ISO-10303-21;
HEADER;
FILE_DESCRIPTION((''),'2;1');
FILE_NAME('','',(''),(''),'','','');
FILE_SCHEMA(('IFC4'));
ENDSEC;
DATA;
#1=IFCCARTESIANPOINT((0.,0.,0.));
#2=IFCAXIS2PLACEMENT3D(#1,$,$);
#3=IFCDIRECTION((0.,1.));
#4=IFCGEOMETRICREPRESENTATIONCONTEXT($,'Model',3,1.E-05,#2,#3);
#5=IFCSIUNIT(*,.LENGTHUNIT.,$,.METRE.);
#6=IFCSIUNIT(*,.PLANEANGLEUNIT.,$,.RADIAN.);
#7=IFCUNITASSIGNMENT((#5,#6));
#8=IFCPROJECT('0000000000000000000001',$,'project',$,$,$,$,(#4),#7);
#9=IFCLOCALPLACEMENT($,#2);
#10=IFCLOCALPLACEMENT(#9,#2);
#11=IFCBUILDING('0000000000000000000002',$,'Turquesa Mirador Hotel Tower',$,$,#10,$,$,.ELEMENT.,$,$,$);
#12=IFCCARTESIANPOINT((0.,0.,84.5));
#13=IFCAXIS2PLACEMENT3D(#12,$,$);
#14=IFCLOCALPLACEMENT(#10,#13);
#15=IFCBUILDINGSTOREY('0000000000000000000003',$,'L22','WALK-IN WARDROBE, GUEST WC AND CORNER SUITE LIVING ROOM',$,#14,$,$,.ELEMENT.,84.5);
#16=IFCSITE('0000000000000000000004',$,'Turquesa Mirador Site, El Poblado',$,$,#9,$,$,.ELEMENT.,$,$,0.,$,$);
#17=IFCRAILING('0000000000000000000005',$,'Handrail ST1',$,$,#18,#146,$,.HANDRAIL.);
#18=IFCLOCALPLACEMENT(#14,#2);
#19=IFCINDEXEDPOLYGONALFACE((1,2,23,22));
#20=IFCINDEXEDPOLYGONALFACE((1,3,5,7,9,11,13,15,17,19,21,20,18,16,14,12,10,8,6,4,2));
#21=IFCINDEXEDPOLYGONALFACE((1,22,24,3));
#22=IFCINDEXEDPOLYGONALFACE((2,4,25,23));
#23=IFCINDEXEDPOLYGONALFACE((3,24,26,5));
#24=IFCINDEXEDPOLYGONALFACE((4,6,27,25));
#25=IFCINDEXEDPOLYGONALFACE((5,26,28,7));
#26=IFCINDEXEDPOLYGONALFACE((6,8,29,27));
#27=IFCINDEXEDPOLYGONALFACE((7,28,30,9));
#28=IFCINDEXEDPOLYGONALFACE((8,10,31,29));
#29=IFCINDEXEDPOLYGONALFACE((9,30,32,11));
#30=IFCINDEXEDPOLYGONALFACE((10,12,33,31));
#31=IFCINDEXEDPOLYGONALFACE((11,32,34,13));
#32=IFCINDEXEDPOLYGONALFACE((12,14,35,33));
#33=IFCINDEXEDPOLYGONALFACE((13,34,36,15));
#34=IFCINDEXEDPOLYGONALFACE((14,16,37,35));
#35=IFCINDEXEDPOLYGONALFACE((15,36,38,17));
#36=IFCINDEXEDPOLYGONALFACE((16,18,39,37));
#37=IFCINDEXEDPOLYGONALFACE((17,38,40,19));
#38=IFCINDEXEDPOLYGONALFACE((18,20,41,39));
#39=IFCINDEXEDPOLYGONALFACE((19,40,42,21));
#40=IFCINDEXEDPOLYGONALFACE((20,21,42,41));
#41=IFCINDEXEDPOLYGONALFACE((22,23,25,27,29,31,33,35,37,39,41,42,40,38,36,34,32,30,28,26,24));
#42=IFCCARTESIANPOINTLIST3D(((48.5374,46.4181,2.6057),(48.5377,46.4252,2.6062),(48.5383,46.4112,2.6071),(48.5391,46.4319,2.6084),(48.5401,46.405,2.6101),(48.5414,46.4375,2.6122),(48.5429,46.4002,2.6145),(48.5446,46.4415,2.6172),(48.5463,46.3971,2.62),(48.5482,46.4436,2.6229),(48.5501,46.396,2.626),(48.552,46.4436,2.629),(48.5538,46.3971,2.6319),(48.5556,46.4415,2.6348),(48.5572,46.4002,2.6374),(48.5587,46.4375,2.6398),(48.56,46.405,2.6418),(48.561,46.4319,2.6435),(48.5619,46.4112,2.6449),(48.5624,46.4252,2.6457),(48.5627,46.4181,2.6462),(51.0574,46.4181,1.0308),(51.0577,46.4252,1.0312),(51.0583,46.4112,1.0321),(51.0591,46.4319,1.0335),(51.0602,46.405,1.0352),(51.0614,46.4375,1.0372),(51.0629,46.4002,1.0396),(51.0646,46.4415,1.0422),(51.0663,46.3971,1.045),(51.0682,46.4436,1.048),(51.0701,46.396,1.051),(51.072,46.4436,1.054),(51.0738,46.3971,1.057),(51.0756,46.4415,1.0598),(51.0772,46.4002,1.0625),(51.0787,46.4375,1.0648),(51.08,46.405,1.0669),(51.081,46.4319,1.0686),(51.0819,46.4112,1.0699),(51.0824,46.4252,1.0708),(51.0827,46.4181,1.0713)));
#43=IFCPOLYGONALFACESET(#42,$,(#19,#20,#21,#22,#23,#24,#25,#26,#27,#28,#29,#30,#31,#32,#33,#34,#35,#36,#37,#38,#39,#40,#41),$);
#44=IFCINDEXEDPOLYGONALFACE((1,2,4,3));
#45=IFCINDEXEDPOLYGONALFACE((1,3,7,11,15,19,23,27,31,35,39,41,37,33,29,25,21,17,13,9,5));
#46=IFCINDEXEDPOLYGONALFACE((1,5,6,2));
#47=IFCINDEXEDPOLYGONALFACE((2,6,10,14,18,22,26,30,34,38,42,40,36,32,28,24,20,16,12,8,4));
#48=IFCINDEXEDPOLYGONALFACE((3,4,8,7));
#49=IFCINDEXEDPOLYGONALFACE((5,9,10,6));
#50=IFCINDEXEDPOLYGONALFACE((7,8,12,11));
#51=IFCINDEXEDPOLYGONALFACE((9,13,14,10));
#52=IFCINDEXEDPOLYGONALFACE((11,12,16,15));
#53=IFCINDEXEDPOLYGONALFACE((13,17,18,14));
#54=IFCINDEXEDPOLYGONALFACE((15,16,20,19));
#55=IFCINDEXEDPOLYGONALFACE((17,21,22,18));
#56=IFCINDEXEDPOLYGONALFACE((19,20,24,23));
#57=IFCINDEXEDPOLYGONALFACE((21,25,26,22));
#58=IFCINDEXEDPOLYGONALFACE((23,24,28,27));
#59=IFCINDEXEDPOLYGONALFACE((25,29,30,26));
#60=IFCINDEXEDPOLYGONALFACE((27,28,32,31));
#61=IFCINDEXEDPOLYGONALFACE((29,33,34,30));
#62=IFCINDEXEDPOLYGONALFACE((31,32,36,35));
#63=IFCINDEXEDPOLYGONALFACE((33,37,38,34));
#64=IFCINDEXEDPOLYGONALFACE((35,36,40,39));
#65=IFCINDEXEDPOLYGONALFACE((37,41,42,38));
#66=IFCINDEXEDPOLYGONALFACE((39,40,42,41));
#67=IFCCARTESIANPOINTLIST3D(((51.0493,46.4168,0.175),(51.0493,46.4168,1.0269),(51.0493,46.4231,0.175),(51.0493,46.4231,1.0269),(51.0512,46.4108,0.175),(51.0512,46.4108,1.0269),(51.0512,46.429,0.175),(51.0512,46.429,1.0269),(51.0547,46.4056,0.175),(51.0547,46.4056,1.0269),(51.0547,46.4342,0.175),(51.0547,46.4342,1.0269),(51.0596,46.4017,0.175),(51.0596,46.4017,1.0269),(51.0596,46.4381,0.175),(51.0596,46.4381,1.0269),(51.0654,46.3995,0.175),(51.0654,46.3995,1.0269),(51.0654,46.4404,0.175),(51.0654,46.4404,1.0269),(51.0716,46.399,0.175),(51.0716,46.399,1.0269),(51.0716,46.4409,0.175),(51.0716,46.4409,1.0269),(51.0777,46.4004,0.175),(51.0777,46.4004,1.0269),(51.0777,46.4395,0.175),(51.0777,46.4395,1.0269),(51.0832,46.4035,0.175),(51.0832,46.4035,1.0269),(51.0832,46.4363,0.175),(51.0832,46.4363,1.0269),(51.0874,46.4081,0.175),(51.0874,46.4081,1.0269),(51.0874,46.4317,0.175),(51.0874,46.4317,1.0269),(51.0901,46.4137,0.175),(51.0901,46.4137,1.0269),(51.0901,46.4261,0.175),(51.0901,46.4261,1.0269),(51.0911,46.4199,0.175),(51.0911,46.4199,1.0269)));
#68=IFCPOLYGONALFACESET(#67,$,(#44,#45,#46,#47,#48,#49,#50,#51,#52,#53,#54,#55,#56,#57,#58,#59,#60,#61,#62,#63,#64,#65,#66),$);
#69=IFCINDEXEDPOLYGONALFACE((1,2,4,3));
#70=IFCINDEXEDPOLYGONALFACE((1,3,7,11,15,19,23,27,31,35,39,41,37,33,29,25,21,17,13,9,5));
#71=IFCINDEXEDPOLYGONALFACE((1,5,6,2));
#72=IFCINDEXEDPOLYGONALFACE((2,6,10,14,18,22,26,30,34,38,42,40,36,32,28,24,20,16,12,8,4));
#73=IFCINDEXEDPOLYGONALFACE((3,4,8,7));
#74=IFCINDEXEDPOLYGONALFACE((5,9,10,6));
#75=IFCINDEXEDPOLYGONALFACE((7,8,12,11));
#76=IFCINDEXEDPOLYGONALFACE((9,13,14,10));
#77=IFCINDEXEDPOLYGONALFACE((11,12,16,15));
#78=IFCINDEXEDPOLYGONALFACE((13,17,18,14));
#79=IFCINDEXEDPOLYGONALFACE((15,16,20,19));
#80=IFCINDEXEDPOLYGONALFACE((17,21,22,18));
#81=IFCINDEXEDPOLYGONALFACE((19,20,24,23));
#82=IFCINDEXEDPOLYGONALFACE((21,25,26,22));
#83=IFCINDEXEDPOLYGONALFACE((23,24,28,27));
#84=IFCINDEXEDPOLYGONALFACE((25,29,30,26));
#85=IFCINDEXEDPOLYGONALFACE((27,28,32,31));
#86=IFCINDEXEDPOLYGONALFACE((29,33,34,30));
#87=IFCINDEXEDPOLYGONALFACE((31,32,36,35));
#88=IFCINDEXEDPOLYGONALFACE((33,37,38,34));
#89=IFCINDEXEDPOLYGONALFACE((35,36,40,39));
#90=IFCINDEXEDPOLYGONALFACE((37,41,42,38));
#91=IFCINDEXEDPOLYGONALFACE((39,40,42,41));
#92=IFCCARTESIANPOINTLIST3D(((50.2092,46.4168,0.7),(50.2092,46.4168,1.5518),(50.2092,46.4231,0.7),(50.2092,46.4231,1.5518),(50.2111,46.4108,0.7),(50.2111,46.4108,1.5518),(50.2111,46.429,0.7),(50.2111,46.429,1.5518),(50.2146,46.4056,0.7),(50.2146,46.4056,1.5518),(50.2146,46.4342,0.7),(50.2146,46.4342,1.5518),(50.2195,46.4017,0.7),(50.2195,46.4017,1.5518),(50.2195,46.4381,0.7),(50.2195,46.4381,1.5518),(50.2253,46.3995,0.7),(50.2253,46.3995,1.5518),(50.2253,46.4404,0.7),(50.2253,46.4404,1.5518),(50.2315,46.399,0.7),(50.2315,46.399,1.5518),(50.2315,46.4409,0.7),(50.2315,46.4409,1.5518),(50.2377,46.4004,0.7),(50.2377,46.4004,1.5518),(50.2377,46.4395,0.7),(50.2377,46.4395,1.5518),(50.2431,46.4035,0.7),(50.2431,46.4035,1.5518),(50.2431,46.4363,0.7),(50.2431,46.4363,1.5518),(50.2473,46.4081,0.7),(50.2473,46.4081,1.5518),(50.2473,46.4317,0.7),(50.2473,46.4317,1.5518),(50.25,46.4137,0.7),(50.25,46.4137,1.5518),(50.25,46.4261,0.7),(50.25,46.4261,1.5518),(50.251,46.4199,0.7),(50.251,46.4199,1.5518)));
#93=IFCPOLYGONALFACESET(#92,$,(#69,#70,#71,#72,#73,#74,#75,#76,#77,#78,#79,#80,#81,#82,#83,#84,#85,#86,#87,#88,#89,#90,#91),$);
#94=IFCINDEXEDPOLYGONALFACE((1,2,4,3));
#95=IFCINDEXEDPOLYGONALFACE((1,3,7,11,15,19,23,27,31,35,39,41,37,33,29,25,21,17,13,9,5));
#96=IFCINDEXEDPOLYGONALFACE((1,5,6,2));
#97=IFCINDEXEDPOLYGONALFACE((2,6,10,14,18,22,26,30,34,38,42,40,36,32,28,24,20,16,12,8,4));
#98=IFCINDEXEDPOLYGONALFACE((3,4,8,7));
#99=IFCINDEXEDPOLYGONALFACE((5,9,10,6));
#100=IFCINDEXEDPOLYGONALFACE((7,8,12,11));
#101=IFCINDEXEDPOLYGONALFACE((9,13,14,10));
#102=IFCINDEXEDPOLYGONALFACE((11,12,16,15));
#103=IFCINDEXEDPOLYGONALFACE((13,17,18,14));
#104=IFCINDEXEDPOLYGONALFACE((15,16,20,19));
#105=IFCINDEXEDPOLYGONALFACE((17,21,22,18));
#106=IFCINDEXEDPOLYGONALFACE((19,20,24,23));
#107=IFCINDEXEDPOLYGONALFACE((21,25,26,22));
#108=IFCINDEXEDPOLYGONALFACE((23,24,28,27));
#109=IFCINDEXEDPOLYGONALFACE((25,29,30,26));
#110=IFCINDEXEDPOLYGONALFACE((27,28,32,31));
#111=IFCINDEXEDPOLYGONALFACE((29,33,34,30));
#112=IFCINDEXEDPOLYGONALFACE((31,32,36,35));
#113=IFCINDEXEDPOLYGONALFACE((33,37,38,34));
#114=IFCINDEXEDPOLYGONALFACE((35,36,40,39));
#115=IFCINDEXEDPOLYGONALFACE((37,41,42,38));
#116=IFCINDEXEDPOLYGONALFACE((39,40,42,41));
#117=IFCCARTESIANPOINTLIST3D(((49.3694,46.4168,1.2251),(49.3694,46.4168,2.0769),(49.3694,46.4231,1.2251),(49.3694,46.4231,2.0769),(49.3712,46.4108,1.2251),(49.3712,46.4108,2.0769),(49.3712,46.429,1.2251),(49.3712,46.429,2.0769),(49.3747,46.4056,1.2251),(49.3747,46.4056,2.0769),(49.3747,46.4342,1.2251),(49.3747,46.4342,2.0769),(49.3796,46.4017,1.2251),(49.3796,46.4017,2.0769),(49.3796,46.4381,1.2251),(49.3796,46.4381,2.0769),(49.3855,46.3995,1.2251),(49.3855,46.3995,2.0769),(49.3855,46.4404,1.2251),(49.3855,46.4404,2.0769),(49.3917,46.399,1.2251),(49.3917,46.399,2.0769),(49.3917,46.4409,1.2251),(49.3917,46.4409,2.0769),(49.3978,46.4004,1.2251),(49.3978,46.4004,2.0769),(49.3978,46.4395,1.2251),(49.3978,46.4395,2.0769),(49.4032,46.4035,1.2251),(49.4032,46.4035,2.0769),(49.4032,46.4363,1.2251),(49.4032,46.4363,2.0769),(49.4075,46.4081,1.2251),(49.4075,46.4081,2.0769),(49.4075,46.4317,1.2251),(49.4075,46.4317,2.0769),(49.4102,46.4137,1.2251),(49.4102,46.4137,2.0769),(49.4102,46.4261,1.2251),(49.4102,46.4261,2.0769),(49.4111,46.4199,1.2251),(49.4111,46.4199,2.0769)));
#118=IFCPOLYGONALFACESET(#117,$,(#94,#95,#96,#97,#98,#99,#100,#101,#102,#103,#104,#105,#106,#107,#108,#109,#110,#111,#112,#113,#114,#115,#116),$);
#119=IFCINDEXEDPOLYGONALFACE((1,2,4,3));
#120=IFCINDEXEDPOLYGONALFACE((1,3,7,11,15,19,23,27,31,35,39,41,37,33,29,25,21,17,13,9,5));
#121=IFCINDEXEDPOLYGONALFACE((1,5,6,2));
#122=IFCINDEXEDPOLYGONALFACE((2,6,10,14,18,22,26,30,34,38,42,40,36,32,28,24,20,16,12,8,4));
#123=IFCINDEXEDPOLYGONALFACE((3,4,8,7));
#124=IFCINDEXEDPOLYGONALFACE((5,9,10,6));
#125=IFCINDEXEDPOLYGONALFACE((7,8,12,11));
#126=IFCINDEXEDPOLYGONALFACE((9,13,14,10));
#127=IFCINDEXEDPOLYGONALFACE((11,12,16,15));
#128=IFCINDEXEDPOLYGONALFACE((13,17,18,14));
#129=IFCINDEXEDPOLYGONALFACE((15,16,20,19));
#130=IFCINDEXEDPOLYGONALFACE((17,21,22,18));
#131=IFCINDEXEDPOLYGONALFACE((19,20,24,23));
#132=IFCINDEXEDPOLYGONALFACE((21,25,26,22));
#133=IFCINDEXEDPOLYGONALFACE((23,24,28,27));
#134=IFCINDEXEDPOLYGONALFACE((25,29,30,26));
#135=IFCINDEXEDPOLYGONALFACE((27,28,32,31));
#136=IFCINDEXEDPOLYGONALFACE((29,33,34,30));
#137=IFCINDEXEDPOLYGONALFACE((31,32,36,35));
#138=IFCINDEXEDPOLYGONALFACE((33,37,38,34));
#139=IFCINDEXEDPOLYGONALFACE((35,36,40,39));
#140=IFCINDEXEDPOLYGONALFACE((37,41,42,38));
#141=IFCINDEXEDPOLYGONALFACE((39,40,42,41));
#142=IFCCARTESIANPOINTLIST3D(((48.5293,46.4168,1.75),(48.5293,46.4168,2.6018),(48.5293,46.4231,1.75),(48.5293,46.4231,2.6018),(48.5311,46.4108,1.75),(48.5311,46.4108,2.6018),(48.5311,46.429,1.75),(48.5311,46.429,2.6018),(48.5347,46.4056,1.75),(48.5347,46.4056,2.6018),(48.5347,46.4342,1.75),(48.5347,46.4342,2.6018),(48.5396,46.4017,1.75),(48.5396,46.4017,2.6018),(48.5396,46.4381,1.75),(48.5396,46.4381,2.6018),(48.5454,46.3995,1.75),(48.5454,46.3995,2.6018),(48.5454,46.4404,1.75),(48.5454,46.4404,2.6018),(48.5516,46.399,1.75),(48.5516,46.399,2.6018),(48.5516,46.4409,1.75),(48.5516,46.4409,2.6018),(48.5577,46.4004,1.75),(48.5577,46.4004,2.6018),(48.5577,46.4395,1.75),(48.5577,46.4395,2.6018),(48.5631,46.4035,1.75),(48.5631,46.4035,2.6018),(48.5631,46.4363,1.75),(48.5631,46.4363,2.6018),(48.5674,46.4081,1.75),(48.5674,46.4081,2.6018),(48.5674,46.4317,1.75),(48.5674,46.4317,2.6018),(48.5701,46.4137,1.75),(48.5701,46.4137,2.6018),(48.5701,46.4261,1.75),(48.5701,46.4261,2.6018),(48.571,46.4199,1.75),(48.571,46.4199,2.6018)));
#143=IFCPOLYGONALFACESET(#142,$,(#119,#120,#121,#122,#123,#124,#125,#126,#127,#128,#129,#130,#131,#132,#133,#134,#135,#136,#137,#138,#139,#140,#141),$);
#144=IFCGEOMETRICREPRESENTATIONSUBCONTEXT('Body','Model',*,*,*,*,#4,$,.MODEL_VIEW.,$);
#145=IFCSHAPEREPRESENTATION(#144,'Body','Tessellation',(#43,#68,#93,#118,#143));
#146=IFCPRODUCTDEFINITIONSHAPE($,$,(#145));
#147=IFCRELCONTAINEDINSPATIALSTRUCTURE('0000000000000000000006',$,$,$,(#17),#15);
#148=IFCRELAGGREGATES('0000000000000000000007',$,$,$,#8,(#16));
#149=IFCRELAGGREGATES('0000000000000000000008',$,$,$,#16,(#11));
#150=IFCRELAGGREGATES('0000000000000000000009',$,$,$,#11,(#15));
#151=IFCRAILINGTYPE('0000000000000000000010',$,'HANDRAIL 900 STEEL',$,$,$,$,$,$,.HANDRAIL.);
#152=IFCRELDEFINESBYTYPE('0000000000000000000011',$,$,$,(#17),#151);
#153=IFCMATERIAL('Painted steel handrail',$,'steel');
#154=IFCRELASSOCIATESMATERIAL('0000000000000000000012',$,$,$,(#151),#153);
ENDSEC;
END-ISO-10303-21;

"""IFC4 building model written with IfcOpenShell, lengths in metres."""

from ifc_helpers import new_model, si_unit, direction, frame, origin, origin_2d, place, context, subcontext, project, spatial, circle, extrude, material, type_object, element, save


model = new_model("IFC4")

# Units and contexts
model_context = context("Model", 3, precision=1e-05, world=origin(), true_north=direction((0.0, 1.0)))
body_context = subcontext(model_context, "Body", "Model", "MODEL_VIEW")
ifc_project = project(units=[si_unit("LENGTHUNIT", "METRE"), si_unit("PLANEANGLEUNIT", "RADIAN")], contexts=[model_context])

# Site, building, storey
site_placement = place(None, origin())
site = spatial("IfcSite", under=ifc_project, at=site_placement, Name="Turquesa Mirador Site, El Poblado", CompositionType="ELEMENT", RefElevation=0.0)
building_placement = place(site_placement, origin())
building = spatial("IfcBuilding", under=site, at=building_placement, Name="Turquesa Mirador Hotel Tower", CompositionType="ELEMENT")
storey_placement = place(building_placement, frame((0.0, 0.0, 84.5)))
storey = spatial("IfcBuildingStorey", under=building, at=storey_placement, Name="L22", Description="WALK-IN WARDROBE, GUEST WC AND CORNER SUITE LIVING ROOM", CompositionType="ELEMENT", Elevation=84.5)

# Railing
ifc_material_1 = material(Name="Painted steel handrail", Category="steel")
railing_type = type_object("IfcRailingType", Name="HANDRAIL 900 STEEL", PredefinedType="HANDRAIL", material=ifc_material_1)
railing_1_placement = place(storey_placement, frame((51.0701, 46.4199, 0.175)))
element("IfcRailing", 1, at=railing_1_placement, inside=storey, type_object=railing_type, Name="Handrail ST1", PredefinedType="HANDRAIL", context=body_context, shape_type="SweptSolid", body=[
    extrude(circle(Radius=0.0239, at=origin_2d()), frame((0.0, 0.0, 0.876), z_axis=(-0.848008, 0.0, 0.529984), x_axis=(0.0, -1.0, 0.0)), (0.0, 0.0, 1.0), 2.9717),
    extrude(circle(Radius=0.021, at=origin_2d()), origin(), (0.0, 0.0, 1.0), 0.8518),
    extrude(circle(Radius=0.021, at=origin_2d()), frame((-0.8401, 0.0, 0.5249)), (0.0, 0.0, 1.0), 0.8518),
    extrude(circle(Radius=0.021, at=origin_2d()), frame((-1.6799, 0.0, 1.05)), (0.0, 0.0, 1.0), 0.8518),
    extrude(circle(Radius=0.021, at=origin_2d()), frame((-2.52, 0.0, 1.575)), (0.0, 0.0, 1.0), 0.8518),
])

save(model, "model.ifc")
